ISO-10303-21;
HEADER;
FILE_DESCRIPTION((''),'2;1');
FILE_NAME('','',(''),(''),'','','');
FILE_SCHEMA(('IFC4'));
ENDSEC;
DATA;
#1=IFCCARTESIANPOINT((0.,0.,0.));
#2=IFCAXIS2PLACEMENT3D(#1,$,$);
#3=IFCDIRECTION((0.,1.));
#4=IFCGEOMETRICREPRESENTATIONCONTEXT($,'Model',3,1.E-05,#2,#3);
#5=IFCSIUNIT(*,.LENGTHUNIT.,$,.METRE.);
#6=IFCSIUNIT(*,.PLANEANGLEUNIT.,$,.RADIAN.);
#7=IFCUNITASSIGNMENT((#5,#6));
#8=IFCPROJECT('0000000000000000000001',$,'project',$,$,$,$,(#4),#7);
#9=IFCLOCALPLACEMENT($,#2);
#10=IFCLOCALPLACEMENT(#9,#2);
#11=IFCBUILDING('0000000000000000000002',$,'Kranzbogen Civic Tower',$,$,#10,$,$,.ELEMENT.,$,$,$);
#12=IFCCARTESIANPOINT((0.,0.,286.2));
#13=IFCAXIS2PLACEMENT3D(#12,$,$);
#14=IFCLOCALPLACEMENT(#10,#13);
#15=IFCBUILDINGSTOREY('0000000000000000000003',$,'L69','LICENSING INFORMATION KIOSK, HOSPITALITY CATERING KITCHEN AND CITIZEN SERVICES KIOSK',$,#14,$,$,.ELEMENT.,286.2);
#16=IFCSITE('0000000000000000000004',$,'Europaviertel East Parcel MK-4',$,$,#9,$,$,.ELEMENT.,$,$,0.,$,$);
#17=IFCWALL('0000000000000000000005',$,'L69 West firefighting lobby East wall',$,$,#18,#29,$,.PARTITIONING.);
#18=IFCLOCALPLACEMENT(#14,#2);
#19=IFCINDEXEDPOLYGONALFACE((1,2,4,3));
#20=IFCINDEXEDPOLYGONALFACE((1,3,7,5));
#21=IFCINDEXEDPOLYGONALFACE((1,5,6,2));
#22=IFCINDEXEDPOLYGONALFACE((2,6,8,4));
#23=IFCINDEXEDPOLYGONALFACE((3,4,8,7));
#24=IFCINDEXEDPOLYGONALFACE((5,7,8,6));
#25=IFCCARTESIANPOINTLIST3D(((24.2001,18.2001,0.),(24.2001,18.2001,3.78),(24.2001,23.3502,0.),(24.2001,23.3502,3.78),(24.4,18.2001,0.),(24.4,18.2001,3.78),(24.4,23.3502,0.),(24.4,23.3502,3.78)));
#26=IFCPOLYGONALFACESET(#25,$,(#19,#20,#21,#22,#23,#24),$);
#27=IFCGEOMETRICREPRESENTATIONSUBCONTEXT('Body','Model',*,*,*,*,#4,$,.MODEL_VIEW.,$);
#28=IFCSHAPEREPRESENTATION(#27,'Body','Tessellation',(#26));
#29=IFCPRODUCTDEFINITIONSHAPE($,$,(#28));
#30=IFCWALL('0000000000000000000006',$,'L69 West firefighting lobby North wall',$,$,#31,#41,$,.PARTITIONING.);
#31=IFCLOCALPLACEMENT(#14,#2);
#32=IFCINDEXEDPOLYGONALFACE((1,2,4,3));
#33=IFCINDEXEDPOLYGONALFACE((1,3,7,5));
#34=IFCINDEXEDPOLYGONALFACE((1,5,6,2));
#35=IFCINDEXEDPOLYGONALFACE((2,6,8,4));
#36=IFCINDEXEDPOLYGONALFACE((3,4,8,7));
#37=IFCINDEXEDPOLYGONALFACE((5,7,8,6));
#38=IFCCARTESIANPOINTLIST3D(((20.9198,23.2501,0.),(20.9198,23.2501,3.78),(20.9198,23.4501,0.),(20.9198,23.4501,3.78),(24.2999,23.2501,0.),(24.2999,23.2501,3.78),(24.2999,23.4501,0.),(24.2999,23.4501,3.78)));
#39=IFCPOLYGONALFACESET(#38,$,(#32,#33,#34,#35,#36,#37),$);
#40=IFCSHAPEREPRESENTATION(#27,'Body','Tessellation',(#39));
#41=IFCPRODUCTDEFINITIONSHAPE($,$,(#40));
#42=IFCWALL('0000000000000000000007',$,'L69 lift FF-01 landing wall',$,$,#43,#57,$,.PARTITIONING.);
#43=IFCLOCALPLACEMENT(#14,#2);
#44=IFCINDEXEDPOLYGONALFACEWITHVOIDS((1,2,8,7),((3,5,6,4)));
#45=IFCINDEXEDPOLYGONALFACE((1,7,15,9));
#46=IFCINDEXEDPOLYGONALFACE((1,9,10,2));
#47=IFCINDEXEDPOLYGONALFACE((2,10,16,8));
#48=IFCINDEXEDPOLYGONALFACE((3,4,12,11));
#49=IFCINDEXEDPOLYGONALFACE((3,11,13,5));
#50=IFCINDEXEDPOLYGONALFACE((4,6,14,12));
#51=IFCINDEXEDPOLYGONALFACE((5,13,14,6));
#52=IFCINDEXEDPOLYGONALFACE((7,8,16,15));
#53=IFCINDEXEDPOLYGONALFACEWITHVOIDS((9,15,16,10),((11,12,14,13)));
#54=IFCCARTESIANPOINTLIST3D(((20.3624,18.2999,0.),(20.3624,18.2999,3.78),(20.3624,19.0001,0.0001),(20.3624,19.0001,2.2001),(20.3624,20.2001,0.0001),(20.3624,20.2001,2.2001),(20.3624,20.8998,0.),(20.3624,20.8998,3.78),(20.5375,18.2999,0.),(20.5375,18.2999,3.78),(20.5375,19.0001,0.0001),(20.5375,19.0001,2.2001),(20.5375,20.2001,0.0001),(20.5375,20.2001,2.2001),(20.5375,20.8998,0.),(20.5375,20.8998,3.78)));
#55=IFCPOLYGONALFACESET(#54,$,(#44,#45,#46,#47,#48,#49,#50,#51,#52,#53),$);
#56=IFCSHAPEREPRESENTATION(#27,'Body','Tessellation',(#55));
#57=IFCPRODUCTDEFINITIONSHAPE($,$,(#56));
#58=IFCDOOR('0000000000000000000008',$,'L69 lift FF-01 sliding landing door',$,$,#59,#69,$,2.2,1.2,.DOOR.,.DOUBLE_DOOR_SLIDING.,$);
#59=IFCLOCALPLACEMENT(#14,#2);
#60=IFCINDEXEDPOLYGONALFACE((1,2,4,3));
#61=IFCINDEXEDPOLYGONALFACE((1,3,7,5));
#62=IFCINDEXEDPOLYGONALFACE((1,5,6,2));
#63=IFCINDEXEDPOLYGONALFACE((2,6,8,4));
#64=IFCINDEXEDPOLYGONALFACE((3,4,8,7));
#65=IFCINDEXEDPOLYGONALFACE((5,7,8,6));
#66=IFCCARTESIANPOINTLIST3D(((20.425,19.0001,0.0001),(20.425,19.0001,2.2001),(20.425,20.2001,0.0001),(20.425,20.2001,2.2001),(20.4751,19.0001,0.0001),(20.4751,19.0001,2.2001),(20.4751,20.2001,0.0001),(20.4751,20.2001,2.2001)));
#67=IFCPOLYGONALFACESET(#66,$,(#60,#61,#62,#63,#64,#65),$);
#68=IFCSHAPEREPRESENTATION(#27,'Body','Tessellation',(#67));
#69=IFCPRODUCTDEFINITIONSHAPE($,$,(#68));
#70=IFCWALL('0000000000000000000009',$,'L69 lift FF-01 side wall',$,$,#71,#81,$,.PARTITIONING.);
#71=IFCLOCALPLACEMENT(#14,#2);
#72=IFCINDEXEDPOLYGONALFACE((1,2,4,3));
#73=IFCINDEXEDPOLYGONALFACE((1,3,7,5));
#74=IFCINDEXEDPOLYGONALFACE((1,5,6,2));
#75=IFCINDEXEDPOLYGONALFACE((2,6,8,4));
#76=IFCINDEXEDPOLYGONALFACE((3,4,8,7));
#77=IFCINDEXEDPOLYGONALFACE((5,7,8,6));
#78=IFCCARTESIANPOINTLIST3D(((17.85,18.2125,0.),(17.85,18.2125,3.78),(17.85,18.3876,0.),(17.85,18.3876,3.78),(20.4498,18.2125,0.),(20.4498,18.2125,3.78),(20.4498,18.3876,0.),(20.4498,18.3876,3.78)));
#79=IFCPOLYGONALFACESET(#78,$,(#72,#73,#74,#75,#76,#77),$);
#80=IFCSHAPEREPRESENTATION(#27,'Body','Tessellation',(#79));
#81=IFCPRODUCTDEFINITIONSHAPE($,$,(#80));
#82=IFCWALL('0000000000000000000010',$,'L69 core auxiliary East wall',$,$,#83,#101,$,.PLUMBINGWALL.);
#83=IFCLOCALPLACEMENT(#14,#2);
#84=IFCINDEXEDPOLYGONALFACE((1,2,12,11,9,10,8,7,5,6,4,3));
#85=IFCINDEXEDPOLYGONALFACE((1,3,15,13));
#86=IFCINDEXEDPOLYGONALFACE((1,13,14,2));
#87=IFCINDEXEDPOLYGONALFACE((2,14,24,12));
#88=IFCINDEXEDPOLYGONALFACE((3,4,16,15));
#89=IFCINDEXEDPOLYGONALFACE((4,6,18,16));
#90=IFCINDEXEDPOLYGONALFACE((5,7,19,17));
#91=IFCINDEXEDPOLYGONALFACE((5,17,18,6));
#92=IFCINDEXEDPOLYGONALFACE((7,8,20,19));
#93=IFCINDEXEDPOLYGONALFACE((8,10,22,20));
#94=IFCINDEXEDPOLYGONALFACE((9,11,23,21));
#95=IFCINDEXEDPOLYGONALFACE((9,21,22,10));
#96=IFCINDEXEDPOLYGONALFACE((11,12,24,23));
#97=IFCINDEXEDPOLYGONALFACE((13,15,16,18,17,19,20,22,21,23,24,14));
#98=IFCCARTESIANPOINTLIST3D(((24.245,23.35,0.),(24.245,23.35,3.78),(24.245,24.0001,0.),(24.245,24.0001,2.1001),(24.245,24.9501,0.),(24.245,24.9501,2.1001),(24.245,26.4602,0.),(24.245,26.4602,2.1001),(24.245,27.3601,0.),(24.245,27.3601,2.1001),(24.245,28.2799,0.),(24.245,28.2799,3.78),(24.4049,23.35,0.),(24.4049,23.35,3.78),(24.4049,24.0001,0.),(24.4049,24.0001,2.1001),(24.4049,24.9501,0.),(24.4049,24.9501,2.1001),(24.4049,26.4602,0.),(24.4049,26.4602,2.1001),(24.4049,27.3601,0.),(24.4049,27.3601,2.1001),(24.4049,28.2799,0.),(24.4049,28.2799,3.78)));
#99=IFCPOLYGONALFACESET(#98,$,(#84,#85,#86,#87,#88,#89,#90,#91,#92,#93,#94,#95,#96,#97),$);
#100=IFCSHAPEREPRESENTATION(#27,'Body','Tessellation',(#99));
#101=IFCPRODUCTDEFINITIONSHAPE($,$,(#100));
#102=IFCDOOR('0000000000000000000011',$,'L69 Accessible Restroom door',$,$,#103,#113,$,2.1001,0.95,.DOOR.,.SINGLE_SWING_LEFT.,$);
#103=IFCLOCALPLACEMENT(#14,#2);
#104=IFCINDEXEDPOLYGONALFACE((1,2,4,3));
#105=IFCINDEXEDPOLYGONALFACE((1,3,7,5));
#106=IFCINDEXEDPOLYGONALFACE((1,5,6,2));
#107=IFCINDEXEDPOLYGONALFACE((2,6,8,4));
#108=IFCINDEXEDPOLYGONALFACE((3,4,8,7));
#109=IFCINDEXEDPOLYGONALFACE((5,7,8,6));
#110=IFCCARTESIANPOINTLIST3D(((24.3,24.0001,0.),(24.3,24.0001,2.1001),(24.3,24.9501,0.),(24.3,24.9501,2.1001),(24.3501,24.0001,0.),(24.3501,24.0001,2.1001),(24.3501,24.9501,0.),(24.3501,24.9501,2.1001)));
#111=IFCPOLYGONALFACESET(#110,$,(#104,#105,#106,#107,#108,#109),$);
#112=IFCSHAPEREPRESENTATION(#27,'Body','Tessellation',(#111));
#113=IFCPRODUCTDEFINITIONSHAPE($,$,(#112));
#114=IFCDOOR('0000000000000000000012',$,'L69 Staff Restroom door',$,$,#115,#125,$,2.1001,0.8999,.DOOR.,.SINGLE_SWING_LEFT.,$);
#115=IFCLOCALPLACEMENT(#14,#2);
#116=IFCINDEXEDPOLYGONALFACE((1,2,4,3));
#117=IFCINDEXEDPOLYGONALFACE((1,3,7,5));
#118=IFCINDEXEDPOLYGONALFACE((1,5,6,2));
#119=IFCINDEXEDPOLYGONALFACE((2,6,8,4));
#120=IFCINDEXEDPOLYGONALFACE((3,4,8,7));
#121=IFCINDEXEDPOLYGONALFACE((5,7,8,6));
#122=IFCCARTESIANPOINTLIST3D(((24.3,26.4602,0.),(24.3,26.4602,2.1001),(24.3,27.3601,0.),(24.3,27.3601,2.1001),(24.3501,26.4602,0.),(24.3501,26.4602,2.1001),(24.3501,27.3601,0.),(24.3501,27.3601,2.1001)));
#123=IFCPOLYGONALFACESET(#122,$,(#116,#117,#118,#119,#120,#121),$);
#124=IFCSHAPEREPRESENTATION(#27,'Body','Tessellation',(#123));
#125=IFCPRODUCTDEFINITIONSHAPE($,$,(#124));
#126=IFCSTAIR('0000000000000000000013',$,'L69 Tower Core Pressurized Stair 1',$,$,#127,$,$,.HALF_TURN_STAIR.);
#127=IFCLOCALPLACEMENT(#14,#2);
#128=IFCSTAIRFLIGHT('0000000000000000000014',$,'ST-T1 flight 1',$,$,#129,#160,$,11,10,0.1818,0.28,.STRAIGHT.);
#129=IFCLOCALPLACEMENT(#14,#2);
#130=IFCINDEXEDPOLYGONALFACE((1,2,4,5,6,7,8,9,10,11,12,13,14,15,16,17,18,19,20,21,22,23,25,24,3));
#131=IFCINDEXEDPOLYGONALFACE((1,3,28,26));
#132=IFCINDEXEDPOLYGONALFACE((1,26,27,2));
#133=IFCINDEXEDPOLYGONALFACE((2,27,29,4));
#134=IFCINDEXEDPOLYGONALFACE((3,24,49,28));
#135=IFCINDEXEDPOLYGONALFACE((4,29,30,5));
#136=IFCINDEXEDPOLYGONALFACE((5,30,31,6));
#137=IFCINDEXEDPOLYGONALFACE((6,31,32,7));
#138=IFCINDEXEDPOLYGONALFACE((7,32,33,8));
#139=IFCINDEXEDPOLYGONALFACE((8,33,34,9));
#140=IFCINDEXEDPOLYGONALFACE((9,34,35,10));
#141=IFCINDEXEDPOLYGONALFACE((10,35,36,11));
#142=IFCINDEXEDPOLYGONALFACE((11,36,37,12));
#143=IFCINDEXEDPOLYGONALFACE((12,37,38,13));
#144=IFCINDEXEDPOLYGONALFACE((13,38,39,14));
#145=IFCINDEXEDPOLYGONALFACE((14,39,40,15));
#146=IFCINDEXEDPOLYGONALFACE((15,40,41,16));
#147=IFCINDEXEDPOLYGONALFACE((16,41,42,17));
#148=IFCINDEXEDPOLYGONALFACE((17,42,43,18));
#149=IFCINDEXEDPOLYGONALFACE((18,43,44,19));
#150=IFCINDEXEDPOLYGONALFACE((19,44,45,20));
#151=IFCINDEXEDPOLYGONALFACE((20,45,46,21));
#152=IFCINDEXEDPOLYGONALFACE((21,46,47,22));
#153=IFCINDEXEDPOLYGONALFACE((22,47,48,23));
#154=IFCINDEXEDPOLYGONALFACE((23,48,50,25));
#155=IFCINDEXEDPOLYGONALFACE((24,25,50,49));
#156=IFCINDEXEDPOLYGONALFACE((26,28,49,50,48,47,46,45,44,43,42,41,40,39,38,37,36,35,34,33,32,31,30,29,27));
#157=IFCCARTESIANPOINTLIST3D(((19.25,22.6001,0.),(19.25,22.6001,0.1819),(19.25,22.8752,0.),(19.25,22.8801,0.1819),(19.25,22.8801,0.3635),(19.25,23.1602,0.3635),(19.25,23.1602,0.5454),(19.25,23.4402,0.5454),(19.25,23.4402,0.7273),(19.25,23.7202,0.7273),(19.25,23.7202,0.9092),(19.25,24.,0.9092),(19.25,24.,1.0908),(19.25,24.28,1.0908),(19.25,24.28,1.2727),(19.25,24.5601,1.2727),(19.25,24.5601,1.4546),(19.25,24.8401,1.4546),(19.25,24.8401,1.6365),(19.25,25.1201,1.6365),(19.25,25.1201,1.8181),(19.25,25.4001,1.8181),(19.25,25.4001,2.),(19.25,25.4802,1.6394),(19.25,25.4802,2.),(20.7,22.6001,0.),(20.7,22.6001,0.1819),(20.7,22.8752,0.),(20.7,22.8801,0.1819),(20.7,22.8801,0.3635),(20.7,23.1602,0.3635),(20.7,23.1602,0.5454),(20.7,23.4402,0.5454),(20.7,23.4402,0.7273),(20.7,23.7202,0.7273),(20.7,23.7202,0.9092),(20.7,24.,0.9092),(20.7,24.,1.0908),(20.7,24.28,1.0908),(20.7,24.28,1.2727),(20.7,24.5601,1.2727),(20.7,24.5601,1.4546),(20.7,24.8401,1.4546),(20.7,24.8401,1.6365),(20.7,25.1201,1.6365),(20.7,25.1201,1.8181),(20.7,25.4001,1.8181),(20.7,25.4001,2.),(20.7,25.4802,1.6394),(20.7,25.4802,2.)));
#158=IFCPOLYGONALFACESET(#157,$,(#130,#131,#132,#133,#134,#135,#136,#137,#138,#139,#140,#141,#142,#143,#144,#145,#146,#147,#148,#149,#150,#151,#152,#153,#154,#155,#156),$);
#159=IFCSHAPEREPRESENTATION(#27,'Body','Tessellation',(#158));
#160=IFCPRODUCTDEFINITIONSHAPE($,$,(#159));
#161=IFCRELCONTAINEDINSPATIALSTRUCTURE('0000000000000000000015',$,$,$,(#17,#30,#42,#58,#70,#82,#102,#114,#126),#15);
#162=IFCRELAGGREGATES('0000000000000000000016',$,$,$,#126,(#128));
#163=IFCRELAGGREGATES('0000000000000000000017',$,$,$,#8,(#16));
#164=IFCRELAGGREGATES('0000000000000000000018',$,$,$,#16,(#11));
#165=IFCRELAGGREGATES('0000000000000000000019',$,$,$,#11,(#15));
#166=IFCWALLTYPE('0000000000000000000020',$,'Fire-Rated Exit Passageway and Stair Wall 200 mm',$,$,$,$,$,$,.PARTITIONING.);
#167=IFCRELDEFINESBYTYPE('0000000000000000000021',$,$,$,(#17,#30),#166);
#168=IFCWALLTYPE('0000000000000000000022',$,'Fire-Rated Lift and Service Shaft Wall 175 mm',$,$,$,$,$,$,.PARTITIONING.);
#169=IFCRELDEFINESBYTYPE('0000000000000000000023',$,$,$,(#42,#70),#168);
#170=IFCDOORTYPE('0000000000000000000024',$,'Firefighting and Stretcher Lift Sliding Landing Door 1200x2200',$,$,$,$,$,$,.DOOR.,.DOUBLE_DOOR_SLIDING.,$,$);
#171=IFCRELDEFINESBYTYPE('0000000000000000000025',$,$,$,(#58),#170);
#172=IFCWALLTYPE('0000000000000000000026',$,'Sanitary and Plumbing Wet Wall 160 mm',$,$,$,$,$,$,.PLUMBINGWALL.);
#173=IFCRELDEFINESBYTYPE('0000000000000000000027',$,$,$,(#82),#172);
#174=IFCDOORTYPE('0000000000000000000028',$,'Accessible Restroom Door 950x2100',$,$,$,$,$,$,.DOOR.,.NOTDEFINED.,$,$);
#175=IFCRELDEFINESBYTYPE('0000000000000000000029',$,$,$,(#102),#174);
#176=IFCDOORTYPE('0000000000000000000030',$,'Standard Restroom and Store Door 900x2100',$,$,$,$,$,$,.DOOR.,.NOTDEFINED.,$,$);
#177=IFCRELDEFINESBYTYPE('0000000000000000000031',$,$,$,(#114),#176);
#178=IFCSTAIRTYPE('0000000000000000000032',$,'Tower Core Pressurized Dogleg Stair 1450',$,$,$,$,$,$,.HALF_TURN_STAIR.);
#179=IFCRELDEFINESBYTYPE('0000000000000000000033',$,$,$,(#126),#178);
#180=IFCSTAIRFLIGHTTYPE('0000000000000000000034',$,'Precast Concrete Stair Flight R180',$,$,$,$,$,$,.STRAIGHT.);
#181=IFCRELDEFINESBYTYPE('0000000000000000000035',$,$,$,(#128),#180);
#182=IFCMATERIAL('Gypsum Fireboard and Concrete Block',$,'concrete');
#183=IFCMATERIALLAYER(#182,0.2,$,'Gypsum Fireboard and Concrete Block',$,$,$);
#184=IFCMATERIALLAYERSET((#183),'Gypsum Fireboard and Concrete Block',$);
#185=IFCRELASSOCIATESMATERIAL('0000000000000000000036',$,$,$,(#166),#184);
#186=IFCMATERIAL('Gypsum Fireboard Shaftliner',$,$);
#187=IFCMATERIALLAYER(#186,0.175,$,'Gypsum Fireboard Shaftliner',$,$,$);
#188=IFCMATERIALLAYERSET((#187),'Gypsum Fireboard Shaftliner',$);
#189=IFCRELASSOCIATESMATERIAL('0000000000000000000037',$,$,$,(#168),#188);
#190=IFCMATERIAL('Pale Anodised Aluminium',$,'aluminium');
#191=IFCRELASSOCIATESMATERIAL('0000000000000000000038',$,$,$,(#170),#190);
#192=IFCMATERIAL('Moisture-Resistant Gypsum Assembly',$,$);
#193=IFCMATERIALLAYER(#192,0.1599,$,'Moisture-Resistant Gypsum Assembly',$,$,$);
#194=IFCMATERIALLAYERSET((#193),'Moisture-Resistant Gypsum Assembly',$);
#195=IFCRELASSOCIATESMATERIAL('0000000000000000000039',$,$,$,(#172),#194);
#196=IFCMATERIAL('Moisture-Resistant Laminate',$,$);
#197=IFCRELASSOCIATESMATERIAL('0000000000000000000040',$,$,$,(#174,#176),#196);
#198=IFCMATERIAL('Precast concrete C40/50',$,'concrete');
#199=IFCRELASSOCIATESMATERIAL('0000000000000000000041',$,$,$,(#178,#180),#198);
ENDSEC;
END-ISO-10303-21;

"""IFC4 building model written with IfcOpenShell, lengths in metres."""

from ifc_helpers import new_model, si_unit, direction, frame, frame_2d, origin, place, context, subcontext, project, spatial, polyline, rectangle, outline, extrude, material, layer, layer_set, type_object, element, fill, aggregate, save


model = new_model("IFC4")

# Units and contexts
model_context = context("Model", 3, precision=1e-05, world=origin(), true_north=direction((0.0, 1.0)))
body_context = subcontext(model_context, "Body", "Model", "MODEL_VIEW")
ifc_project = project(units=[si_unit("LENGTHUNIT", "METRE"), si_unit("PLANEANGLEUNIT", "RADIAN")], contexts=[model_context])

# Site, building, storey
site_placement = place(None, origin())
site = spatial("IfcSite", under=ifc_project, at=site_placement, Name="Europaviertel East Parcel MK-4", CompositionType="ELEMENT", RefElevation=0.0)
building_placement = place(site_placement, origin())
building = spatial("IfcBuilding", under=site, at=building_placement, Name="Kranzbogen Civic Tower", CompositionType="ELEMENT")
storey_placement = place(building_placement, frame((0.0, 0.0, 286.2)))
storey = spatial("IfcBuildingStorey", under=building, at=storey_placement, Name="L69", Description="LICENSING INFORMATION KIOSK, HOSPITALITY CATERING KITCHEN AND CITIZEN SERVICES KIOSK", CompositionType="ELEMENT", Elevation=286.2)

# Walls
ifc_material_1 = material(Name="Gypsum Fireboard and Concrete Block", Category="concrete")
ifc_layer_1 = layer(ifc_material_1, 0.2, Name="Gypsum Fireboard and Concrete Block")
ifc_layer_set_1 = layer_set([ifc_layer_1], Name="Gypsum Fireboard and Concrete Block")
wall_type_1 = type_object("IfcWallType", Name="Fire-Rated Exit Passageway and Stair Wall 200 mm", PredefinedType="PARTITIONING", material=ifc_layer_set_1)
wall_1_placement = place(storey_placement, frame((24.3, 18.2, 0.0), z_axis=(0.0, 0.0, 1.0), x_axis=(0.0, 1.0, 0.0)))
element("IfcWall", 1, at=wall_1_placement, inside=storey, type_object=wall_type_1, Name="L69 West firefighting lobby East wall", PredefinedType="PARTITIONING", context=body_context, shape_type="SweptSolid", body=[
    extrude(rectangle(XDim=5.1501, YDim=0.2, at=frame_2d((2.5752, 0.0))), origin(), (0.0, 0.0, 1.0), 3.78),
])
wall_2_placement = place(storey_placement, frame((20.9199, 23.3501, 0.0), z_axis=(0.0, 0.0, 1.0), x_axis=(1.0, 0.0, 0.0)))
element("IfcWall", 2, at=wall_2_placement, inside=storey, type_object=wall_type_1, Name="L69 West firefighting lobby North wall", PredefinedType="PARTITIONING", context=body_context, shape_type="SweptSolid", body=[
    extrude(rectangle(XDim=3.3801, YDim=0.2, at=frame_2d((1.6899, 0.0))), origin(), (0.0, 0.0, 1.0), 3.78),
])

# Wall, opening, door
ifc_material_2 = material(Name="Gypsum Fireboard Shaftliner")
ifc_layer_2 = layer(ifc_material_2, 0.175, Name="Gypsum Fireboard Shaftliner")
ifc_layer_set_2 = layer_set([ifc_layer_2], Name="Gypsum Fireboard Shaftliner")
wall_type_2 = type_object("IfcWallType", Name="Fire-Rated Lift and Service Shaft Wall 175 mm", PredefinedType="PARTITIONING", material=ifc_layer_set_2)
wall_3_placement = place(storey_placement, frame((20.45, 18.3, 0.0), z_axis=(0.0, 0.0, 1.0), x_axis=(0.0, 1.0, 0.0)))
wall_3 = element("IfcWall", 3, at=wall_3_placement, inside=storey, type_object=wall_type_2, Name="L69 lift FF-01 landing wall", PredefinedType="PARTITIONING", context=body_context, shape_type="SweptSolid", body=[
    extrude(rectangle(XDim=2.5999, YDim=0.175, at=frame_2d((1.2998, 0.0))), origin(), (0.0, 0.0, 1.0), 3.78),
])
opening_1_placement = place(wall_3_placement, frame((0.7, 0.0, 0.0)))
opening_1 = element("IfcOpeningElement", 4, at=opening_1_placement, cuts=wall_3, PredefinedType="OPENING", context=body_context, shape_type="SweptSolid", body=[
    extrude(rectangle(XDim=1.2, YDim=2.2, at=frame_2d((0.6001, 1.1001))), frame((0.0, 0.0977, 0.0), z_axis=(0.0, -1.0, 0.0), x_axis=(1.0, 0.0, 0.0)), (0.0, 0.0, 1.0), 0.1951),
])
ifc_material_3 = material(Name="Pale Anodised Aluminium", Category="aluminium")
door_type_1 = type_object("IfcDoorType", Name="Firefighting and Stretcher Lift Sliding Landing Door 1200x2200", OperationType="DOUBLE_DOOR_SLIDING", PredefinedType="DOOR", material=ifc_material_3)
door_1_placement = place(opening_1_placement, origin())
door_1 = element("IfcDoor", 5, at=door_1_placement, inside=storey, type_object=door_type_1, Name="L69 lift FF-01 sliding landing door", OperationType="DOUBLE_DOOR_SLIDING", OverallHeight=2.2, OverallWidth=1.2, PredefinedType="DOOR", context=body_context, shape_type="SweptSolid", body=[
    extrude(rectangle(XDim=1.2, YDim=2.2, at=frame_2d((0.6001, 1.1001))), frame((0.0, 0.0249, 0.0), z_axis=(0.0, -1.0, 0.0), x_axis=(1.0, 0.0, 0.0)), (0.0, 0.0, 1.0), 0.05),
])
fill(opening_1, door_1)

# Wall
wall_4_placement = place(storey_placement, frame((17.8501, 18.3, 0.0), z_axis=(0.0, 0.0, 1.0), x_axis=(1.0, 0.0, 0.0)))
element("IfcWall", 6, at=wall_4_placement, inside=storey, type_object=wall_type_2, Name="L69 lift FF-01 side wall", PredefinedType="PARTITIONING", context=body_context, shape_type="SweptSolid", body=[
    extrude(rectangle(XDim=2.5999, YDim=0.175, at=frame_2d((1.2998, 0.0))), origin(), (0.0, 0.0, 1.0), 3.78),
])

# Wall, openings, doors
ifc_material_4 = material(Name="Moisture-Resistant Gypsum Assembly")
ifc_layer_3 = layer(ifc_material_4, 0.1599, Name="Moisture-Resistant Gypsum Assembly")
ifc_layer_set_3 = layer_set([ifc_layer_3], Name="Moisture-Resistant Gypsum Assembly")
wall_type_3 = type_object("IfcWallType", Name="Sanitary and Plumbing Wet Wall 160 mm", PredefinedType="PLUMBINGWALL", material=ifc_layer_set_3)
wall_5_placement = place(storey_placement, frame((24.325, 23.3501, 0.0), z_axis=(0.0, 0.0, 1.0), x_axis=(0.0, 1.0, 0.0)))
wall_5 = element("IfcWall", 7, at=wall_5_placement, inside=storey, type_object=wall_type_3, Name="L69 core auxiliary East wall", PredefinedType="PLUMBINGWALL", context=body_context, shape_type="SweptSolid", body=[
    extrude(rectangle(XDim=4.9299, YDim=0.1599, at=frame_2d((2.4648, 0.0))), origin(), (0.0, 0.0, 1.0), 3.78),
])
opening_2_placement = place(wall_5_placement, frame((0.6499, 0.0, 0.0)))
opening_2 = element("IfcOpeningElement", 8, at=opening_2_placement, cuts=wall_5, PredefinedType="OPENING", context=body_context, shape_type="SweptSolid", body=[
    extrude(rectangle(XDim=0.95, YDim=2.1001, at=frame_2d((0.4751, 1.05))), frame((0.0, 0.0898, 0.0), z_axis=(0.0, -1.0, 0.0), x_axis=(1.0, 0.0, 0.0)), (0.0, 0.0, 1.0), 0.1799),
])
opening_3_placement = place(wall_5_placement, frame((3.1101, 0.0, 0.0)))
opening_3 = element("IfcOpeningElement", 9, at=opening_3_placement, cuts=wall_5, PredefinedType="OPENING", context=body_context, shape_type="SweptSolid", body=[
    extrude(rectangle(XDim=0.8999, YDim=2.1001, at=frame_2d((0.45, 1.05))), frame((0.0, 0.0898, 0.0), z_axis=(0.0, -1.0, 0.0), x_axis=(1.0, 0.0, 0.0)), (0.0, 0.0, 1.0), 0.1799),
])
ifc_material_5 = material(Name="Moisture-Resistant Laminate")
door_type_2 = type_object("IfcDoorType", Name="Accessible Restroom Door 950x2100", OperationType="NOTDEFINED", PredefinedType="DOOR", material=ifc_material_5)
door_2_placement = place(opening_2_placement, origin())
door_2 = element("IfcDoor", 10, at=door_2_placement, inside=storey, type_object=door_type_2, Name="L69 Accessible Restroom door", OperationType="SINGLE_SWING_LEFT", OverallHeight=2.1001, OverallWidth=0.95, PredefinedType="DOOR", context=body_context, shape_type="SweptSolid", body=[
    extrude(rectangle(XDim=0.95, YDim=2.1001, at=frame_2d((0.4751, 1.05))), frame((0.0, 0.0249, 0.0), z_axis=(0.0, -1.0, 0.0), x_axis=(1.0, 0.0, 0.0)), (0.0, 0.0, 1.0), 0.05),
])
fill(opening_2, door_2)
door_type_3 = type_object("IfcDoorType", Name="Standard Restroom and Store Door 900x2100", OperationType="NOTDEFINED", PredefinedType="DOOR", material=ifc_material_5)
door_3_placement = place(opening_3_placement, origin())
door_3 = element("IfcDoor", 11, at=door_3_placement, inside=storey, type_object=door_type_3, Name="L69 Staff Restroom door", OperationType="SINGLE_SWING_LEFT", OverallHeight=2.1001, OverallWidth=0.8999, PredefinedType="DOOR", context=body_context, shape_type="SweptSolid", body=[
    extrude(rectangle(XDim=0.8999, YDim=2.1001, at=frame_2d((0.45, 1.05))), frame((0.0, 0.0249, 0.0), z_axis=(0.0, -1.0, 0.0), x_axis=(1.0, 0.0, 0.0)), (0.0, 0.0, 1.0), 0.05),
])
fill(opening_3, door_3)

# Stair, stair flight
ifc_material_6 = material(Name="Precast concrete C40/50", Category="concrete")
stair_type = type_object("IfcStairType", Name="Tower Core Pressurized Dogleg Stair 1450", PredefinedType="HALF_TURN_STAIR", material=ifc_material_6)
stair_placement = place(storey_placement, origin())
stair = element("IfcStair", 12, at=stair_placement, inside=storey, type_object=stair_type, Name="L69 Tower Core Pressurized Stair 1", PredefinedType="HALF_TURN_STAIR")
stair_flight_type = type_object("IfcStairFlightType", Name="Precast Concrete Stair Flight R180", PredefinedType="STRAIGHT", material=ifc_material_6)
stair_flight_placement = place(storey_placement, frame((19.9751, 22.6001, 0.0), z_axis=(0.0, 0.0, 1.0), x_axis=(0.0, 1.0, 0.0)))
stair_flight = element("IfcStairFlight", 13, at=stair_flight_placement, type_object=stair_flight_type, Name="ST-T1 flight 1", NumberOfRisers=11, NumberOfTreads=10, PredefinedType="STRAIGHT", RiserHeight=0.1818, TreadLength=0.28, context=body_context, shape_type="SweptSolid", body=[
    extrude(outline(polyline([(0.0, 0.0), (0.0, 0.1819), (0.28, 0.1819), (0.28, 0.3635), (0.5601, 0.3635), (0.5601, 0.5454), (0.8401, 0.5454), (0.8401, 0.7273), (1.1201, 0.7273), (1.1201, 0.9092), (1.3999, 0.9092), (1.3999, 1.0908), (1.6799, 1.0908), (1.6799, 1.2727), (1.96, 1.2727), (1.96, 1.4546), (2.24, 1.4546), (2.24, 1.6365), (2.52, 1.6365), (2.52, 1.8181), (2.8, 1.8181), (2.8, 2.0), (2.8801, 2.0), (2.8801, 1.6394), (0.2751, 0.0), (0.0, 0.0)])), frame((0.0, 0.7251, 0.0), z_axis=(0.0, -1.0, 0.0), x_axis=(1.0, 0.0, 0.0)), (0.0, 0.0, 1.0), 1.45),
])
aggregate(stair, [stair_flight])

save(model, "model.ifc")
